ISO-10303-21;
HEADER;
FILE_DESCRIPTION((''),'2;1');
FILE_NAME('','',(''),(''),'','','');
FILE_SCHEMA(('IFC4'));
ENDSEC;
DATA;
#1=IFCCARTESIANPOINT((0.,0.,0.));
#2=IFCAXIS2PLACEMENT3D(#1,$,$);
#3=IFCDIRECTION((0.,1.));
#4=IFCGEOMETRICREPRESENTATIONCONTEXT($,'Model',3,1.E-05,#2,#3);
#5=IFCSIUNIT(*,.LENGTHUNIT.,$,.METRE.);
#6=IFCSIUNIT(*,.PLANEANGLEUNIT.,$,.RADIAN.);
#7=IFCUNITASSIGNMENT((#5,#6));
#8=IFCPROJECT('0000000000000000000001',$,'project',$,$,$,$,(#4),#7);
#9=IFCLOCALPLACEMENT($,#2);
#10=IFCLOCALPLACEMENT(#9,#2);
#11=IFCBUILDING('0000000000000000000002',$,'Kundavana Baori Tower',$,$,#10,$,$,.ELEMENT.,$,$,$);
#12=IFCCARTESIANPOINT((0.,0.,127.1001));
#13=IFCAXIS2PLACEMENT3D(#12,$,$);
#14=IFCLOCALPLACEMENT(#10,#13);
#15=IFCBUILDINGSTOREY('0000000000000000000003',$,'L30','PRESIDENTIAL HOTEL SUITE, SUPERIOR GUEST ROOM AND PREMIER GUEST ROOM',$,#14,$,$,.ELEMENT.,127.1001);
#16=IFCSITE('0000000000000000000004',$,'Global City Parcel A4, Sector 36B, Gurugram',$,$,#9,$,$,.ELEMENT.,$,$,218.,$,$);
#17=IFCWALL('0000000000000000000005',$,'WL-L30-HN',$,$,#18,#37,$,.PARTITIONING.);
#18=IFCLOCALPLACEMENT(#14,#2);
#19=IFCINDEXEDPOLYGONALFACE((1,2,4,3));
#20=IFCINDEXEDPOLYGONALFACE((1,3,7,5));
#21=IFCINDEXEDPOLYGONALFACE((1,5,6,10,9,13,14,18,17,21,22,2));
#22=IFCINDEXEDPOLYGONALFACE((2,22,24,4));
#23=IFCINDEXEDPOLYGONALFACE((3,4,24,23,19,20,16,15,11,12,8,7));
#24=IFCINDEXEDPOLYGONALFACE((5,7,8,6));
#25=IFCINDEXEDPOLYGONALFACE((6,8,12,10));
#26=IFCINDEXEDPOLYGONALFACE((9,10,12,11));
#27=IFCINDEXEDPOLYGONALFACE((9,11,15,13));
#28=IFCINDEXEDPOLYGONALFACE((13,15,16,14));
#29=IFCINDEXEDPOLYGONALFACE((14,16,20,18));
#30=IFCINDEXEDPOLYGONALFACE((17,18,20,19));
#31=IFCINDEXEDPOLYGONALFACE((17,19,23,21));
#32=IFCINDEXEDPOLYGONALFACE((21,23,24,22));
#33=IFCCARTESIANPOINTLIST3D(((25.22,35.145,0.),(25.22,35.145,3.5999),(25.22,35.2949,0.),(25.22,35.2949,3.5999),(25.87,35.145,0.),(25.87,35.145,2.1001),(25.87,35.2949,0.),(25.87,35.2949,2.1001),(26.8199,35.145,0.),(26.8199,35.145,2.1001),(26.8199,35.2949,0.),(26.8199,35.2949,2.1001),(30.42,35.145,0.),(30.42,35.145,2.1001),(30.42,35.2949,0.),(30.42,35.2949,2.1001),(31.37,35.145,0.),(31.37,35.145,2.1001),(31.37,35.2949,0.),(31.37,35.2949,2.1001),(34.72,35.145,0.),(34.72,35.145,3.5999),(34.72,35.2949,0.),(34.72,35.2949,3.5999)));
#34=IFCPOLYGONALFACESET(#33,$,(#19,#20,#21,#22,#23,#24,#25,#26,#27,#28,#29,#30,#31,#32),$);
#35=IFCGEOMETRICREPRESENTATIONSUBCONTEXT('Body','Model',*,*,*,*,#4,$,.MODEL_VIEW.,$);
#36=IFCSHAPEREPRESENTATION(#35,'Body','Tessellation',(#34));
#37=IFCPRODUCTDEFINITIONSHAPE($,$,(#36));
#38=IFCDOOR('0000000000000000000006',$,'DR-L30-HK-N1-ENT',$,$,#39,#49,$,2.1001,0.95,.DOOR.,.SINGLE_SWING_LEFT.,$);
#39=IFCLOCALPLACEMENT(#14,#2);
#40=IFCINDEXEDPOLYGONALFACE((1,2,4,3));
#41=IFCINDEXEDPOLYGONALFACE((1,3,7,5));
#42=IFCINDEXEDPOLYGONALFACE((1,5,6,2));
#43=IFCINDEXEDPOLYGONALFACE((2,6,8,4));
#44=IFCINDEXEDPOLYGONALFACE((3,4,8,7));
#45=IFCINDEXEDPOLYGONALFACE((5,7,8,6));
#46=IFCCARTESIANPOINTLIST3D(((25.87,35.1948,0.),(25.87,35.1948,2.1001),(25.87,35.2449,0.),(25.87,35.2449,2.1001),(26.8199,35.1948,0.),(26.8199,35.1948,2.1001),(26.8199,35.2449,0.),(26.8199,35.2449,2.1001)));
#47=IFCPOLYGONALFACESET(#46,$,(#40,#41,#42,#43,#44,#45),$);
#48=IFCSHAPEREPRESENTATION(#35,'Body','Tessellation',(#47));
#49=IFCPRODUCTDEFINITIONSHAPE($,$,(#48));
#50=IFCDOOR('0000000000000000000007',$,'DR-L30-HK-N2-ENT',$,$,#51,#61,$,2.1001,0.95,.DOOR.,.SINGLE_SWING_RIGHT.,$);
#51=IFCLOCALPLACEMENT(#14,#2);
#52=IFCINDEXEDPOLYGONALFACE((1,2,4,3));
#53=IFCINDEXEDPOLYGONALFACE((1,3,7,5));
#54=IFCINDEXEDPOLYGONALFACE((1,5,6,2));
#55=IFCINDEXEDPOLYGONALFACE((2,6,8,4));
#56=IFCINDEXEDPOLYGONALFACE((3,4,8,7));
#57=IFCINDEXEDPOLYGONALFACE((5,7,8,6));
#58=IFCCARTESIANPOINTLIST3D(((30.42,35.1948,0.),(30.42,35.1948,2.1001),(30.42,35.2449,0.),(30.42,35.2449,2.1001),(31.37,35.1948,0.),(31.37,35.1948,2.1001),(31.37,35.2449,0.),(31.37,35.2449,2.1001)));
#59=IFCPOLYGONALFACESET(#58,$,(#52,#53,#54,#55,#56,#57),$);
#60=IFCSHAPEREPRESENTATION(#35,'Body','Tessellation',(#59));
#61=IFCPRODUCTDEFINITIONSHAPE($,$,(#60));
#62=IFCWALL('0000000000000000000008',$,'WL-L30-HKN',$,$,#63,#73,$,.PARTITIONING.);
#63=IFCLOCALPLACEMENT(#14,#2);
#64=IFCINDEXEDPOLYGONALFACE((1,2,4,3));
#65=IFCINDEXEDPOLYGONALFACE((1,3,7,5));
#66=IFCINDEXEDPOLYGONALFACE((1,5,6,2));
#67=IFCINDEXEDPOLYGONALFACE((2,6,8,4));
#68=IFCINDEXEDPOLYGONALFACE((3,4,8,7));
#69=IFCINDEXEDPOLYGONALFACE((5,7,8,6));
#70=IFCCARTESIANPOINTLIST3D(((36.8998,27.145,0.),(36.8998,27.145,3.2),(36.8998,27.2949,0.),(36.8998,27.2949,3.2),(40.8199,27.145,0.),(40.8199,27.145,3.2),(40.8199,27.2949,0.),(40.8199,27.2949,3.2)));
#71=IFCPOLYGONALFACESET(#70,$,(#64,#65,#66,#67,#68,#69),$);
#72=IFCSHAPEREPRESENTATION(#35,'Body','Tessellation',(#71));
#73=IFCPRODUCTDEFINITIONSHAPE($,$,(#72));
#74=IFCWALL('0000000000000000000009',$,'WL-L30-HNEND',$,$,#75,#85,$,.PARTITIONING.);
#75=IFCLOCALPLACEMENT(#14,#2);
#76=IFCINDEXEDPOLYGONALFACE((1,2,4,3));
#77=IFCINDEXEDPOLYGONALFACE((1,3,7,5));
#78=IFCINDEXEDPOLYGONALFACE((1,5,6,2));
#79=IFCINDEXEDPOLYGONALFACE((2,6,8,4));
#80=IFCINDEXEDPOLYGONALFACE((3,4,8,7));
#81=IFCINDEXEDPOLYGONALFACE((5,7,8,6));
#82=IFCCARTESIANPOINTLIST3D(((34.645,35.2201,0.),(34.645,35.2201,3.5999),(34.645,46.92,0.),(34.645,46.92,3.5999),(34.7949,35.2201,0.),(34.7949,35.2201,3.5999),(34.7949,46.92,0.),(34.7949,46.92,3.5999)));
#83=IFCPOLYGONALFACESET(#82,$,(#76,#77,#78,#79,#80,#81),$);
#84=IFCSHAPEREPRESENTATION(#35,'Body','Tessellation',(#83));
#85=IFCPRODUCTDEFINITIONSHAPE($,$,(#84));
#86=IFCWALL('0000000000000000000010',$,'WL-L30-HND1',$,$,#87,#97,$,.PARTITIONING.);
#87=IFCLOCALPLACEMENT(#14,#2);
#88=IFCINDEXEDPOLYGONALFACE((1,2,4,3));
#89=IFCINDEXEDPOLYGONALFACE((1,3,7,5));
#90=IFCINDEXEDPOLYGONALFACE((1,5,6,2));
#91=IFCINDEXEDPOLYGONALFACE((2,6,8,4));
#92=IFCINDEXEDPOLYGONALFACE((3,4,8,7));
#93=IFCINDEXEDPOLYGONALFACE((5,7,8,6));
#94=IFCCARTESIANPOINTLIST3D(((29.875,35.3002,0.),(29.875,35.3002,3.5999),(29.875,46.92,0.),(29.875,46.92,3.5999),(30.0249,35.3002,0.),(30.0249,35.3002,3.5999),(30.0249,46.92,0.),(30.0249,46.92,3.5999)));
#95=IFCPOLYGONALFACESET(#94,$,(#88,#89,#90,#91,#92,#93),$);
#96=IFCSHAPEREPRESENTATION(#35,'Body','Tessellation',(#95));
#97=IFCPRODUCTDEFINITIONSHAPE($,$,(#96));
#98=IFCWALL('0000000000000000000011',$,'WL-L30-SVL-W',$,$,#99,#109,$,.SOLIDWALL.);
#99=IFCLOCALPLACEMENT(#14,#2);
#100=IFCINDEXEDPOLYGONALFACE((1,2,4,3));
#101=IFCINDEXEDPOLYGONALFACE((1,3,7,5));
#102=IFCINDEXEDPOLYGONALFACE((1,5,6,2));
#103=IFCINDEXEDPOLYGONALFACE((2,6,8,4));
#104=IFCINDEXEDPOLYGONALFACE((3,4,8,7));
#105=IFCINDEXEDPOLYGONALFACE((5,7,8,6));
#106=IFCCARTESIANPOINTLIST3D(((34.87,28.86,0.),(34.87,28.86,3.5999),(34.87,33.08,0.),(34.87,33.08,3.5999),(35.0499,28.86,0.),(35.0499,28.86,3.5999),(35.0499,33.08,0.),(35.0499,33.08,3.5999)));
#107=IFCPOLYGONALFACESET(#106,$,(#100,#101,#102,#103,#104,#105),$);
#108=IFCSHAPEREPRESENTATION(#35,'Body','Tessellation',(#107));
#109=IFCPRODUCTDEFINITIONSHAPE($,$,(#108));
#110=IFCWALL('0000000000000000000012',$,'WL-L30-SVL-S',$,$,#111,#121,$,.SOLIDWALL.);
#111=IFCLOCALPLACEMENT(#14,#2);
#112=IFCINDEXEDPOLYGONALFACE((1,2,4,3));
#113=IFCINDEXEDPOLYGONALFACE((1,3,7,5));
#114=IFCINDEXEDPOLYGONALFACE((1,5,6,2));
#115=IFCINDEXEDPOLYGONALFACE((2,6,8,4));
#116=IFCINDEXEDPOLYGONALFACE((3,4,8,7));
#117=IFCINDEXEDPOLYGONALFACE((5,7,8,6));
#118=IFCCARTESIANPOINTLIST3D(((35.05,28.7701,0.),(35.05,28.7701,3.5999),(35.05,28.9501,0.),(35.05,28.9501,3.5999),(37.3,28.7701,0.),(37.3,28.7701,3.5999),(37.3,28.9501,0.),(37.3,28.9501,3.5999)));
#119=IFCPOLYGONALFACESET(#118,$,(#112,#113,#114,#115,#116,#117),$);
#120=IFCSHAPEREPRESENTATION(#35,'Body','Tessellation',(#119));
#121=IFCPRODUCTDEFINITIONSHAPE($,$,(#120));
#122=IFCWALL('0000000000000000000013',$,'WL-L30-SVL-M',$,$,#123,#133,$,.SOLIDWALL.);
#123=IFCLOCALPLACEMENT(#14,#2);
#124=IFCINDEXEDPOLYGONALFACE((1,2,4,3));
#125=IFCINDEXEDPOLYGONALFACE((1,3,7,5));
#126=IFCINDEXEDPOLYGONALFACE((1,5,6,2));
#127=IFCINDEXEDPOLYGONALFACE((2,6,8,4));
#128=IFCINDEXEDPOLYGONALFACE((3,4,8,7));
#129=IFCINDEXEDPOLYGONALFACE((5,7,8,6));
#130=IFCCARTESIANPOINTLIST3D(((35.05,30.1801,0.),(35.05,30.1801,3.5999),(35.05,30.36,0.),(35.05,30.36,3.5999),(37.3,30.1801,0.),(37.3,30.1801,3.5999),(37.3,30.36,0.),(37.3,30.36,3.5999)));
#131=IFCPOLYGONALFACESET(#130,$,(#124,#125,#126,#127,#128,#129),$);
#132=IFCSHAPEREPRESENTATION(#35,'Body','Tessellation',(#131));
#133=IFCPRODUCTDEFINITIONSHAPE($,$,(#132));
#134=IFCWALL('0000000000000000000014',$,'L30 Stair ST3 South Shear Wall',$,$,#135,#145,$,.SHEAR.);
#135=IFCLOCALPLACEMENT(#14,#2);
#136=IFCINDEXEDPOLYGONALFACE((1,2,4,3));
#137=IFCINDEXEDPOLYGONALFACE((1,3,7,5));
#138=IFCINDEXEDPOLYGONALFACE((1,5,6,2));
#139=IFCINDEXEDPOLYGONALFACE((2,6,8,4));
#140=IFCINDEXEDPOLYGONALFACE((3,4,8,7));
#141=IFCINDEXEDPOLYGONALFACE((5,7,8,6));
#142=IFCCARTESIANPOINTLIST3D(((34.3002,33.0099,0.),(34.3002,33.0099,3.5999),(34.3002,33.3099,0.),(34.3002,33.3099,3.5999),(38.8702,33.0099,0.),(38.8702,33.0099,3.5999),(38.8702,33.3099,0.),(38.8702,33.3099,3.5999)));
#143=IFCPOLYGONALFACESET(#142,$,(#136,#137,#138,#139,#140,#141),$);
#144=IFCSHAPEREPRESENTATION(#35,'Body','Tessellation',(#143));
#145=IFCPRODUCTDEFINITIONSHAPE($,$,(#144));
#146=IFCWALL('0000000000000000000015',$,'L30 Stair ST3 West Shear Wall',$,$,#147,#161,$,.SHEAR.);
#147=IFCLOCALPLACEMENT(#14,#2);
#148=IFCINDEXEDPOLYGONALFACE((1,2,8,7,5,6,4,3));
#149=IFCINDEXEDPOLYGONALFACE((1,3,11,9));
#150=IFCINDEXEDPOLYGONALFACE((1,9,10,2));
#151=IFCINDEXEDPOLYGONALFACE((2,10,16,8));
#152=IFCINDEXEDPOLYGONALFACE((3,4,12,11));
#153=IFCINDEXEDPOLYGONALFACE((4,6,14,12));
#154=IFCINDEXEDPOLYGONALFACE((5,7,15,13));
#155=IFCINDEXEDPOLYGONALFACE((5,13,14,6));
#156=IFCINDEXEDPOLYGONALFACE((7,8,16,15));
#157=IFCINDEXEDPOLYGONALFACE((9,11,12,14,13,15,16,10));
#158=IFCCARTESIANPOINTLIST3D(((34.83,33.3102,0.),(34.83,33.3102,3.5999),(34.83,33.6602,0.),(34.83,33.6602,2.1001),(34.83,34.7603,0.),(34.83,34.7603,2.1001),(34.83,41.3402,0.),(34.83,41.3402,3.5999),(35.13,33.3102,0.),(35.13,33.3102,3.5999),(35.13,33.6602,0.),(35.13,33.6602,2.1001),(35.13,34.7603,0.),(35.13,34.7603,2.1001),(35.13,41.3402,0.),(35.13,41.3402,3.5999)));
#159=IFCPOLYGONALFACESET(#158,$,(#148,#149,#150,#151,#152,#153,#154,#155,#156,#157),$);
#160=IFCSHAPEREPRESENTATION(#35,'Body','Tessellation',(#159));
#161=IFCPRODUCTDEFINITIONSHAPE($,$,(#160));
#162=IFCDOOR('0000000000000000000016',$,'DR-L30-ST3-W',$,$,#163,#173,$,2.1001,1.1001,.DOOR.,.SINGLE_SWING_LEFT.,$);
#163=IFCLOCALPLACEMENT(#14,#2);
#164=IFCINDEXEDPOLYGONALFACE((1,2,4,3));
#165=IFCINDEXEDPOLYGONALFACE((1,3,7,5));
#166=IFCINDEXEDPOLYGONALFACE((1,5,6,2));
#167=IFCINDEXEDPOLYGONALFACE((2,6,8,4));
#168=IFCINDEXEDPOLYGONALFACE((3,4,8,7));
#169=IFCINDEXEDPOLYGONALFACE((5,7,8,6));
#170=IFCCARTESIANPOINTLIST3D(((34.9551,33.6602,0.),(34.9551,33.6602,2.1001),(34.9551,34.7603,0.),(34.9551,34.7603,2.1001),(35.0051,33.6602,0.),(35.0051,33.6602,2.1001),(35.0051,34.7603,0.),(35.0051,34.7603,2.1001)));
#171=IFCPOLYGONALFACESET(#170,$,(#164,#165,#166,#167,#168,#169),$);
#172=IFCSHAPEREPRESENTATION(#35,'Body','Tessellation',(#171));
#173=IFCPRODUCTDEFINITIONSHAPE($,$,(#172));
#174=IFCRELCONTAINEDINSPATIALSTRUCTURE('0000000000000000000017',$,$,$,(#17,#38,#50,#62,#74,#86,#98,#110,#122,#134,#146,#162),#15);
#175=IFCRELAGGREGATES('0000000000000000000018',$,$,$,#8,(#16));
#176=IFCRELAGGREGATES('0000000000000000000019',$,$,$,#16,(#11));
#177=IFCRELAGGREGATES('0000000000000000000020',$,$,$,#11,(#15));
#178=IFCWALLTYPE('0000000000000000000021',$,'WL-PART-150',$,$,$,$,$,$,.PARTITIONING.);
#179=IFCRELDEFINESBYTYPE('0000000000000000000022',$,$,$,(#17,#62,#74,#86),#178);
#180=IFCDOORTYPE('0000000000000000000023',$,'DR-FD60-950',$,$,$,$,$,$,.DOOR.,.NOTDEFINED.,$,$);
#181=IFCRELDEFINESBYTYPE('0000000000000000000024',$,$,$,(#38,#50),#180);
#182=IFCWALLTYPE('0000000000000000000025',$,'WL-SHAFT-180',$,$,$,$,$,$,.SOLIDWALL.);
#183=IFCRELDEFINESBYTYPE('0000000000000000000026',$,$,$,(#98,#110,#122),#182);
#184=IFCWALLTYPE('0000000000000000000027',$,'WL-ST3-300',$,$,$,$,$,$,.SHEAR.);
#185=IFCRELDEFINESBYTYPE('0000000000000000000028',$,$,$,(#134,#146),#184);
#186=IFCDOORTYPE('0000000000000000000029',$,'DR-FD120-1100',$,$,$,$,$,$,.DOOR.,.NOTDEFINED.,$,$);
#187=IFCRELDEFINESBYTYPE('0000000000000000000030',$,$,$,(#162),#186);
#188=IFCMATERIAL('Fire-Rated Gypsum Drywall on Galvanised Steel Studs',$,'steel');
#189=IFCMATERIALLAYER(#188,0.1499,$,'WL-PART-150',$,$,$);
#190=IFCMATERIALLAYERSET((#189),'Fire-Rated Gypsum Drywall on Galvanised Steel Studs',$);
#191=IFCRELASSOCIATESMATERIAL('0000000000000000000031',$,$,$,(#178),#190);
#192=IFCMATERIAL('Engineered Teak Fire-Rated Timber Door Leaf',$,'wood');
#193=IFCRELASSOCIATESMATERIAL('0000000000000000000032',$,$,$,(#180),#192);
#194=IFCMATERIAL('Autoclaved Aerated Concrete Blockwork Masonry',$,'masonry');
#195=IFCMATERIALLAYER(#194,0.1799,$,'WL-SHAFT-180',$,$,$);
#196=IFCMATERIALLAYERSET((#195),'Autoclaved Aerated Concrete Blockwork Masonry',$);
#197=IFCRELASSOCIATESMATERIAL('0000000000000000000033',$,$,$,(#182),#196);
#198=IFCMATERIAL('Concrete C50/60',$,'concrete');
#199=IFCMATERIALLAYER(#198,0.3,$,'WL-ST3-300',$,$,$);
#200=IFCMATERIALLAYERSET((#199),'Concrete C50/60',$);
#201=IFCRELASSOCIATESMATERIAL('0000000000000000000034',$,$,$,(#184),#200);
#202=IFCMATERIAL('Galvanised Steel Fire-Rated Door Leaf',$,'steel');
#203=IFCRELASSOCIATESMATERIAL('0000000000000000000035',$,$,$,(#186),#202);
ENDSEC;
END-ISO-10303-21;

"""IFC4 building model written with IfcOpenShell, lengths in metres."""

from ifc_helpers import new_model, si_unit, direction, frame, frame_2d, origin, place, context, subcontext, project, spatial, rectangle, extrude, material, layer, layer_set, type_object, element, fill, save


model = new_model("IFC4")

# Units and contexts
model_context = context("Model", 3, precision=1e-05, world=origin(), true_north=direction((0.0, 1.0)))
body_context = subcontext(model_context, "Body", "Model", "MODEL_VIEW")
ifc_project = project(units=[si_unit("LENGTHUNIT", "METRE"), si_unit("PLANEANGLEUNIT", "RADIAN")], contexts=[model_context])

# Site, building, storey
site_placement = place(None, origin())
site = spatial("IfcSite", under=ifc_project, at=site_placement, Name="Global City Parcel A4, Sector 36B, Gurugram", CompositionType="ELEMENT", RefElevation=218.0)
building_placement = place(site_placement, origin())
building = spatial("IfcBuilding", under=site, at=building_placement, Name="Kundavana Baori Tower", CompositionType="ELEMENT")
storey_placement = place(building_placement, frame((0.0, 0.0, 127.1001)))
storey = spatial("IfcBuildingStorey", under=building, at=storey_placement, Name="L30", Description="PRESIDENTIAL HOTEL SUITE, SUPERIOR GUEST ROOM AND PREMIER GUEST ROOM", CompositionType="ELEMENT", Elevation=127.1001)

# Wall, openings, doors
ifc_material_1 = material(Name="Fire-Rated Gypsum Drywall on Galvanised Steel Studs", Category="steel")
ifc_layer_1 = layer(ifc_material_1, 0.1499, Name="WL-PART-150")
ifc_layer_set_1 = layer_set([ifc_layer_1], Name="Fire-Rated Gypsum Drywall on Galvanised Steel Studs")
wall_type_1 = type_object("IfcWallType", Name="WL-PART-150", PredefinedType="PARTITIONING", material=ifc_layer_set_1)
wall_1_placement = place(storey_placement, frame((25.22, 35.22, 0.0), z_axis=(0.0, 0.0, 1.0), x_axis=(1.0, 0.0, 0.0)))
wall_1 = element("IfcWall", 1, at=wall_1_placement, inside=storey, type_object=wall_type_1, Name="WL-L30-HN", PredefinedType="PARTITIONING", context=body_context, shape_type="SweptSolid", body=[
    extrude(rectangle(XDim=9.5, YDim=0.1499, at=frame_2d((4.75, 0.0))), origin(), (0.0, 0.0, 1.0), 3.5999),
])
opening_1_placement = place(wall_1_placement, frame((0.6499, 0.0, 0.0)))
opening_1 = element("IfcOpeningElement", 2, at=opening_1_placement, cuts=wall_1, PredefinedType="OPENING", context=body_context, shape_type="SweptSolid", body=[
    extrude(rectangle(XDim=0.95, YDim=2.1001, at=frame_2d((0.4751, 1.05))), frame((0.0, 0.085, 0.0), z_axis=(0.0, -1.0, 0.0), x_axis=(1.0, 0.0, 0.0)), (0.0, 0.0, 1.0), 0.1699),
])
opening_2_placement = place(wall_1_placement, frame((5.2, 0.0, 0.0)))
opening_2 = element("IfcOpeningElement", 3, at=opening_2_placement, cuts=wall_1, PredefinedType="OPENING", context=body_context, shape_type="SweptSolid", body=[
    extrude(rectangle(XDim=0.95, YDim=2.1001, at=frame_2d((0.4751, 1.05))), frame((0.0, 0.085, 0.0), z_axis=(0.0, -1.0, 0.0), x_axis=(1.0, 0.0, 0.0)), (0.0, 0.0, 1.0), 0.1699),
])
ifc_material_2 = material(Name="Engineered Teak Fire-Rated Timber Door Leaf", Category="wood")
door_type_1 = type_object("IfcDoorType", Name="DR-FD60-950", OperationType="NOTDEFINED", PredefinedType="DOOR", material=ifc_material_2)
door_1_placement = place(opening_1_placement, origin())
door_1 = element("IfcDoor", 4, at=door_1_placement, inside=storey, type_object=door_type_1, Name="DR-L30-HK-N1-ENT", OperationType="SINGLE_SWING_LEFT", OverallHeight=2.1001, OverallWidth=0.95, PredefinedType="DOOR", context=body_context, shape_type="SweptSolid", body=[
    extrude(rectangle(XDim=0.95, YDim=2.1001, at=frame_2d((0.4751, 1.05))), frame((0.0, 0.0249, 0.0), z_axis=(0.0, -1.0, 0.0), x_axis=(1.0, 0.0, 0.0)), (0.0, 0.0, 1.0), 0.05),
])
fill(opening_1, door_1)
door_2_placement = place(opening_2_placement, origin())
door_2 = element("IfcDoor", 5, at=door_2_placement, inside=storey, type_object=door_type_1, Name="DR-L30-HK-N2-ENT", OperationType="SINGLE_SWING_RIGHT", OverallHeight=2.1001, OverallWidth=0.95, PredefinedType="DOOR", context=body_context, shape_type="SweptSolid", body=[
    extrude(rectangle(XDim=0.95, YDim=2.1001, at=frame_2d((0.4751, 1.05))), frame((0.0, 0.0249, 0.0), z_axis=(0.0, -1.0, 0.0), x_axis=(1.0, 0.0, 0.0)), (0.0, 0.0, 1.0), 0.05),
])
fill(opening_2, door_2)

# Walls
wall_2_placement = place(storey_placement, frame((36.8999, 27.22, 0.0), z_axis=(0.0, 0.0, 1.0), x_axis=(1.0, 0.0, 0.0)))
element("IfcWall", 6, at=wall_2_placement, inside=storey, type_object=wall_type_1, Name="WL-L30-HKN", PredefinedType="PARTITIONING", context=body_context, shape_type="SweptSolid", body=[
    extrude(rectangle(XDim=3.9202, YDim=0.1499, at=frame_2d((1.96, 0.0))), origin(), (0.0, 0.0, 1.0), 3.2),
])
wall_3_placement = place(storey_placement, frame((34.72, 35.22, 0.0), z_axis=(0.0, 0.0, 1.0), x_axis=(0.0, 1.0, 0.0)))
element("IfcWall", 7, at=wall_3_placement, inside=storey, type_object=wall_type_1, Name="WL-L30-HNEND", PredefinedType="PARTITIONING", context=body_context, shape_type="SweptSolid", body=[
    extrude(rectangle(XDim=11.7, YDim=0.1499, at=frame_2d((5.8501, 0.0))), origin(), (0.0, 0.0, 1.0), 3.5999),
])
wall_4_placement = place(storey_placement, frame((29.95, 35.3, 0.0), z_axis=(0.0, 0.0, 1.0), x_axis=(0.0, 1.0, 0.0)))
element("IfcWall", 8, at=wall_4_placement, inside=storey, type_object=wall_type_1, Name="WL-L30-HND1", PredefinedType="PARTITIONING", context=body_context, shape_type="SweptSolid", body=[
    extrude(rectangle(XDim=11.6199, YDim=0.1499, at=frame_2d((5.8101, 0.0))), origin(), (0.0, 0.0, 1.0), 3.5999),
])
ifc_material_3 = material(Name="Autoclaved Aerated Concrete Blockwork Masonry", Category="masonry")
ifc_layer_2 = layer(ifc_material_3, 0.1799, Name="WL-SHAFT-180")
ifc_layer_set_2 = layer_set([ifc_layer_2], Name="Autoclaved Aerated Concrete Blockwork Masonry")
wall_type_2 = type_object("IfcWallType", Name="WL-SHAFT-180", PredefinedType="SOLIDWALL", material=ifc_layer_set_2)
wall_5_placement = place(storey_placement, frame((34.96, 28.8601, 0.0), z_axis=(0.0, 0.0, 1.0), x_axis=(0.0, 1.0, 0.0)))
element("IfcWall", 9, at=wall_5_placement, inside=storey, type_object=wall_type_2, Name="WL-L30-SVL-W", PredefinedType="SOLIDWALL", context=body_context, shape_type="SweptSolid", body=[
    extrude(rectangle(XDim=4.22, YDim=0.1799, at=frame_2d((2.1099, 0.0))), origin(), (0.0, 0.0, 1.0), 3.5999),
])
for number, where, z_axis, x_axis, name in (
    (10, (35.05, 28.8601, 0.0), (0.0, 0.0, 1.0), (1.0, 0.0, 0.0), "WL-L30-SVL-S"),
    (11, (35.05, 30.27, 0.0), (0.0, 0.0, 1.0), (1.0, 0.0, 0.0), "WL-L30-SVL-M"),
):
    element("IfcWall", number, at=place(storey_placement, frame(where, z_axis=z_axis, x_axis=x_axis)), inside=storey, type_object=wall_type_2, Name=name, PredefinedType="SOLIDWALL", context=body_context, shape_type="SweptSolid", body=[
        extrude(rectangle(XDim=2.25, YDim=0.1799, at=frame_2d((1.125, 0.0))), origin(), (0.0, 0.0, 1.0), 3.5999),
    ])
ifc_material_4 = material(Name="Concrete C50/60", Category="concrete")
ifc_layer_3 = layer(ifc_material_4, 0.3, Name="WL-ST3-300")
ifc_layer_set_3 = layer_set([ifc_layer_3], Name="Concrete C50/60")
wall_type_3 = type_object("IfcWallType", Name="WL-ST3-300", PredefinedType="SHEAR", material=ifc_layer_set_3)
wall_6_placement = place(storey_placement, frame((34.3, 33.1599, 0.0), z_axis=(0.0, 0.0, 1.0), x_axis=(1.0, 0.0, 0.0)))
element("IfcWall", 12, at=wall_6_placement, inside=storey, type_object=wall_type_3, Name="L30 Stair ST3 South Shear Wall", PredefinedType="SHEAR", context=body_context, shape_type="SweptSolid", body=[
    extrude(rectangle(XDim=4.5701, YDim=0.3, at=frame_2d((2.2852, 0.0))), origin(), (0.0, 0.0, 1.0), 3.5999),
])

# Wall, opening, door
wall_7_placement = place(storey_placement, frame((34.98, 33.3101, 0.0), z_axis=(0.0, 0.0, 1.0), x_axis=(0.0, 1.0, 0.0)))
wall_7 = element("IfcWall", 13, at=wall_7_placement, inside=storey, type_object=wall_type_3, Name="L30 Stair ST3 West Shear Wall", PredefinedType="SHEAR", context=body_context, shape_type="SweptSolid", body=[
    extrude(rectangle(XDim=8.03, YDim=0.3, at=frame_2d((4.0151, 0.0))), origin(), (0.0, 0.0, 1.0), 3.5999),
])
opening_3_placement = place(wall_7_placement, frame((0.3501, 0.0, 0.0)))
opening_3 = element("IfcOpeningElement", 14, at=opening_3_placement, cuts=wall_7, PredefinedType="OPENING", context=body_context, shape_type="SweptSolid", body=[
    extrude(rectangle(XDim=1.1001, YDim=2.1001, at=frame_2d((0.55, 1.05))), frame((0.0, 0.1602, 0.0), z_axis=(0.0, -1.0, 0.0), x_axis=(1.0, 0.0, 0.0)), (0.0, 0.0, 1.0), 0.3201),
])
ifc_material_5 = material(Name="Galvanised Steel Fire-Rated Door Leaf", Category="steel")
door_type_2 = type_object("IfcDoorType", Name="DR-FD120-1100", OperationType="NOTDEFINED", PredefinedType="DOOR", material=ifc_material_5)
door_3_placement = place(opening_3_placement, origin())
door_3 = element("IfcDoor", 15, at=door_3_placement, inside=storey, type_object=door_type_2, Name="DR-L30-ST3-W", OperationType="SINGLE_SWING_LEFT", OverallHeight=2.1001, OverallWidth=1.1001, PredefinedType="DOOR", context=body_context, shape_type="SweptSolid", body=[
    extrude(rectangle(XDim=1.1001, YDim=2.1001, at=frame_2d((0.55, 1.05))), frame((0.0, 0.0249, 0.0), z_axis=(0.0, -1.0, 0.0), x_axis=(1.0, 0.0, 0.0)), (0.0, 0.0, 1.0), 0.05),
])
fill(opening_3, door_3)

save(model, "model.ifc")
